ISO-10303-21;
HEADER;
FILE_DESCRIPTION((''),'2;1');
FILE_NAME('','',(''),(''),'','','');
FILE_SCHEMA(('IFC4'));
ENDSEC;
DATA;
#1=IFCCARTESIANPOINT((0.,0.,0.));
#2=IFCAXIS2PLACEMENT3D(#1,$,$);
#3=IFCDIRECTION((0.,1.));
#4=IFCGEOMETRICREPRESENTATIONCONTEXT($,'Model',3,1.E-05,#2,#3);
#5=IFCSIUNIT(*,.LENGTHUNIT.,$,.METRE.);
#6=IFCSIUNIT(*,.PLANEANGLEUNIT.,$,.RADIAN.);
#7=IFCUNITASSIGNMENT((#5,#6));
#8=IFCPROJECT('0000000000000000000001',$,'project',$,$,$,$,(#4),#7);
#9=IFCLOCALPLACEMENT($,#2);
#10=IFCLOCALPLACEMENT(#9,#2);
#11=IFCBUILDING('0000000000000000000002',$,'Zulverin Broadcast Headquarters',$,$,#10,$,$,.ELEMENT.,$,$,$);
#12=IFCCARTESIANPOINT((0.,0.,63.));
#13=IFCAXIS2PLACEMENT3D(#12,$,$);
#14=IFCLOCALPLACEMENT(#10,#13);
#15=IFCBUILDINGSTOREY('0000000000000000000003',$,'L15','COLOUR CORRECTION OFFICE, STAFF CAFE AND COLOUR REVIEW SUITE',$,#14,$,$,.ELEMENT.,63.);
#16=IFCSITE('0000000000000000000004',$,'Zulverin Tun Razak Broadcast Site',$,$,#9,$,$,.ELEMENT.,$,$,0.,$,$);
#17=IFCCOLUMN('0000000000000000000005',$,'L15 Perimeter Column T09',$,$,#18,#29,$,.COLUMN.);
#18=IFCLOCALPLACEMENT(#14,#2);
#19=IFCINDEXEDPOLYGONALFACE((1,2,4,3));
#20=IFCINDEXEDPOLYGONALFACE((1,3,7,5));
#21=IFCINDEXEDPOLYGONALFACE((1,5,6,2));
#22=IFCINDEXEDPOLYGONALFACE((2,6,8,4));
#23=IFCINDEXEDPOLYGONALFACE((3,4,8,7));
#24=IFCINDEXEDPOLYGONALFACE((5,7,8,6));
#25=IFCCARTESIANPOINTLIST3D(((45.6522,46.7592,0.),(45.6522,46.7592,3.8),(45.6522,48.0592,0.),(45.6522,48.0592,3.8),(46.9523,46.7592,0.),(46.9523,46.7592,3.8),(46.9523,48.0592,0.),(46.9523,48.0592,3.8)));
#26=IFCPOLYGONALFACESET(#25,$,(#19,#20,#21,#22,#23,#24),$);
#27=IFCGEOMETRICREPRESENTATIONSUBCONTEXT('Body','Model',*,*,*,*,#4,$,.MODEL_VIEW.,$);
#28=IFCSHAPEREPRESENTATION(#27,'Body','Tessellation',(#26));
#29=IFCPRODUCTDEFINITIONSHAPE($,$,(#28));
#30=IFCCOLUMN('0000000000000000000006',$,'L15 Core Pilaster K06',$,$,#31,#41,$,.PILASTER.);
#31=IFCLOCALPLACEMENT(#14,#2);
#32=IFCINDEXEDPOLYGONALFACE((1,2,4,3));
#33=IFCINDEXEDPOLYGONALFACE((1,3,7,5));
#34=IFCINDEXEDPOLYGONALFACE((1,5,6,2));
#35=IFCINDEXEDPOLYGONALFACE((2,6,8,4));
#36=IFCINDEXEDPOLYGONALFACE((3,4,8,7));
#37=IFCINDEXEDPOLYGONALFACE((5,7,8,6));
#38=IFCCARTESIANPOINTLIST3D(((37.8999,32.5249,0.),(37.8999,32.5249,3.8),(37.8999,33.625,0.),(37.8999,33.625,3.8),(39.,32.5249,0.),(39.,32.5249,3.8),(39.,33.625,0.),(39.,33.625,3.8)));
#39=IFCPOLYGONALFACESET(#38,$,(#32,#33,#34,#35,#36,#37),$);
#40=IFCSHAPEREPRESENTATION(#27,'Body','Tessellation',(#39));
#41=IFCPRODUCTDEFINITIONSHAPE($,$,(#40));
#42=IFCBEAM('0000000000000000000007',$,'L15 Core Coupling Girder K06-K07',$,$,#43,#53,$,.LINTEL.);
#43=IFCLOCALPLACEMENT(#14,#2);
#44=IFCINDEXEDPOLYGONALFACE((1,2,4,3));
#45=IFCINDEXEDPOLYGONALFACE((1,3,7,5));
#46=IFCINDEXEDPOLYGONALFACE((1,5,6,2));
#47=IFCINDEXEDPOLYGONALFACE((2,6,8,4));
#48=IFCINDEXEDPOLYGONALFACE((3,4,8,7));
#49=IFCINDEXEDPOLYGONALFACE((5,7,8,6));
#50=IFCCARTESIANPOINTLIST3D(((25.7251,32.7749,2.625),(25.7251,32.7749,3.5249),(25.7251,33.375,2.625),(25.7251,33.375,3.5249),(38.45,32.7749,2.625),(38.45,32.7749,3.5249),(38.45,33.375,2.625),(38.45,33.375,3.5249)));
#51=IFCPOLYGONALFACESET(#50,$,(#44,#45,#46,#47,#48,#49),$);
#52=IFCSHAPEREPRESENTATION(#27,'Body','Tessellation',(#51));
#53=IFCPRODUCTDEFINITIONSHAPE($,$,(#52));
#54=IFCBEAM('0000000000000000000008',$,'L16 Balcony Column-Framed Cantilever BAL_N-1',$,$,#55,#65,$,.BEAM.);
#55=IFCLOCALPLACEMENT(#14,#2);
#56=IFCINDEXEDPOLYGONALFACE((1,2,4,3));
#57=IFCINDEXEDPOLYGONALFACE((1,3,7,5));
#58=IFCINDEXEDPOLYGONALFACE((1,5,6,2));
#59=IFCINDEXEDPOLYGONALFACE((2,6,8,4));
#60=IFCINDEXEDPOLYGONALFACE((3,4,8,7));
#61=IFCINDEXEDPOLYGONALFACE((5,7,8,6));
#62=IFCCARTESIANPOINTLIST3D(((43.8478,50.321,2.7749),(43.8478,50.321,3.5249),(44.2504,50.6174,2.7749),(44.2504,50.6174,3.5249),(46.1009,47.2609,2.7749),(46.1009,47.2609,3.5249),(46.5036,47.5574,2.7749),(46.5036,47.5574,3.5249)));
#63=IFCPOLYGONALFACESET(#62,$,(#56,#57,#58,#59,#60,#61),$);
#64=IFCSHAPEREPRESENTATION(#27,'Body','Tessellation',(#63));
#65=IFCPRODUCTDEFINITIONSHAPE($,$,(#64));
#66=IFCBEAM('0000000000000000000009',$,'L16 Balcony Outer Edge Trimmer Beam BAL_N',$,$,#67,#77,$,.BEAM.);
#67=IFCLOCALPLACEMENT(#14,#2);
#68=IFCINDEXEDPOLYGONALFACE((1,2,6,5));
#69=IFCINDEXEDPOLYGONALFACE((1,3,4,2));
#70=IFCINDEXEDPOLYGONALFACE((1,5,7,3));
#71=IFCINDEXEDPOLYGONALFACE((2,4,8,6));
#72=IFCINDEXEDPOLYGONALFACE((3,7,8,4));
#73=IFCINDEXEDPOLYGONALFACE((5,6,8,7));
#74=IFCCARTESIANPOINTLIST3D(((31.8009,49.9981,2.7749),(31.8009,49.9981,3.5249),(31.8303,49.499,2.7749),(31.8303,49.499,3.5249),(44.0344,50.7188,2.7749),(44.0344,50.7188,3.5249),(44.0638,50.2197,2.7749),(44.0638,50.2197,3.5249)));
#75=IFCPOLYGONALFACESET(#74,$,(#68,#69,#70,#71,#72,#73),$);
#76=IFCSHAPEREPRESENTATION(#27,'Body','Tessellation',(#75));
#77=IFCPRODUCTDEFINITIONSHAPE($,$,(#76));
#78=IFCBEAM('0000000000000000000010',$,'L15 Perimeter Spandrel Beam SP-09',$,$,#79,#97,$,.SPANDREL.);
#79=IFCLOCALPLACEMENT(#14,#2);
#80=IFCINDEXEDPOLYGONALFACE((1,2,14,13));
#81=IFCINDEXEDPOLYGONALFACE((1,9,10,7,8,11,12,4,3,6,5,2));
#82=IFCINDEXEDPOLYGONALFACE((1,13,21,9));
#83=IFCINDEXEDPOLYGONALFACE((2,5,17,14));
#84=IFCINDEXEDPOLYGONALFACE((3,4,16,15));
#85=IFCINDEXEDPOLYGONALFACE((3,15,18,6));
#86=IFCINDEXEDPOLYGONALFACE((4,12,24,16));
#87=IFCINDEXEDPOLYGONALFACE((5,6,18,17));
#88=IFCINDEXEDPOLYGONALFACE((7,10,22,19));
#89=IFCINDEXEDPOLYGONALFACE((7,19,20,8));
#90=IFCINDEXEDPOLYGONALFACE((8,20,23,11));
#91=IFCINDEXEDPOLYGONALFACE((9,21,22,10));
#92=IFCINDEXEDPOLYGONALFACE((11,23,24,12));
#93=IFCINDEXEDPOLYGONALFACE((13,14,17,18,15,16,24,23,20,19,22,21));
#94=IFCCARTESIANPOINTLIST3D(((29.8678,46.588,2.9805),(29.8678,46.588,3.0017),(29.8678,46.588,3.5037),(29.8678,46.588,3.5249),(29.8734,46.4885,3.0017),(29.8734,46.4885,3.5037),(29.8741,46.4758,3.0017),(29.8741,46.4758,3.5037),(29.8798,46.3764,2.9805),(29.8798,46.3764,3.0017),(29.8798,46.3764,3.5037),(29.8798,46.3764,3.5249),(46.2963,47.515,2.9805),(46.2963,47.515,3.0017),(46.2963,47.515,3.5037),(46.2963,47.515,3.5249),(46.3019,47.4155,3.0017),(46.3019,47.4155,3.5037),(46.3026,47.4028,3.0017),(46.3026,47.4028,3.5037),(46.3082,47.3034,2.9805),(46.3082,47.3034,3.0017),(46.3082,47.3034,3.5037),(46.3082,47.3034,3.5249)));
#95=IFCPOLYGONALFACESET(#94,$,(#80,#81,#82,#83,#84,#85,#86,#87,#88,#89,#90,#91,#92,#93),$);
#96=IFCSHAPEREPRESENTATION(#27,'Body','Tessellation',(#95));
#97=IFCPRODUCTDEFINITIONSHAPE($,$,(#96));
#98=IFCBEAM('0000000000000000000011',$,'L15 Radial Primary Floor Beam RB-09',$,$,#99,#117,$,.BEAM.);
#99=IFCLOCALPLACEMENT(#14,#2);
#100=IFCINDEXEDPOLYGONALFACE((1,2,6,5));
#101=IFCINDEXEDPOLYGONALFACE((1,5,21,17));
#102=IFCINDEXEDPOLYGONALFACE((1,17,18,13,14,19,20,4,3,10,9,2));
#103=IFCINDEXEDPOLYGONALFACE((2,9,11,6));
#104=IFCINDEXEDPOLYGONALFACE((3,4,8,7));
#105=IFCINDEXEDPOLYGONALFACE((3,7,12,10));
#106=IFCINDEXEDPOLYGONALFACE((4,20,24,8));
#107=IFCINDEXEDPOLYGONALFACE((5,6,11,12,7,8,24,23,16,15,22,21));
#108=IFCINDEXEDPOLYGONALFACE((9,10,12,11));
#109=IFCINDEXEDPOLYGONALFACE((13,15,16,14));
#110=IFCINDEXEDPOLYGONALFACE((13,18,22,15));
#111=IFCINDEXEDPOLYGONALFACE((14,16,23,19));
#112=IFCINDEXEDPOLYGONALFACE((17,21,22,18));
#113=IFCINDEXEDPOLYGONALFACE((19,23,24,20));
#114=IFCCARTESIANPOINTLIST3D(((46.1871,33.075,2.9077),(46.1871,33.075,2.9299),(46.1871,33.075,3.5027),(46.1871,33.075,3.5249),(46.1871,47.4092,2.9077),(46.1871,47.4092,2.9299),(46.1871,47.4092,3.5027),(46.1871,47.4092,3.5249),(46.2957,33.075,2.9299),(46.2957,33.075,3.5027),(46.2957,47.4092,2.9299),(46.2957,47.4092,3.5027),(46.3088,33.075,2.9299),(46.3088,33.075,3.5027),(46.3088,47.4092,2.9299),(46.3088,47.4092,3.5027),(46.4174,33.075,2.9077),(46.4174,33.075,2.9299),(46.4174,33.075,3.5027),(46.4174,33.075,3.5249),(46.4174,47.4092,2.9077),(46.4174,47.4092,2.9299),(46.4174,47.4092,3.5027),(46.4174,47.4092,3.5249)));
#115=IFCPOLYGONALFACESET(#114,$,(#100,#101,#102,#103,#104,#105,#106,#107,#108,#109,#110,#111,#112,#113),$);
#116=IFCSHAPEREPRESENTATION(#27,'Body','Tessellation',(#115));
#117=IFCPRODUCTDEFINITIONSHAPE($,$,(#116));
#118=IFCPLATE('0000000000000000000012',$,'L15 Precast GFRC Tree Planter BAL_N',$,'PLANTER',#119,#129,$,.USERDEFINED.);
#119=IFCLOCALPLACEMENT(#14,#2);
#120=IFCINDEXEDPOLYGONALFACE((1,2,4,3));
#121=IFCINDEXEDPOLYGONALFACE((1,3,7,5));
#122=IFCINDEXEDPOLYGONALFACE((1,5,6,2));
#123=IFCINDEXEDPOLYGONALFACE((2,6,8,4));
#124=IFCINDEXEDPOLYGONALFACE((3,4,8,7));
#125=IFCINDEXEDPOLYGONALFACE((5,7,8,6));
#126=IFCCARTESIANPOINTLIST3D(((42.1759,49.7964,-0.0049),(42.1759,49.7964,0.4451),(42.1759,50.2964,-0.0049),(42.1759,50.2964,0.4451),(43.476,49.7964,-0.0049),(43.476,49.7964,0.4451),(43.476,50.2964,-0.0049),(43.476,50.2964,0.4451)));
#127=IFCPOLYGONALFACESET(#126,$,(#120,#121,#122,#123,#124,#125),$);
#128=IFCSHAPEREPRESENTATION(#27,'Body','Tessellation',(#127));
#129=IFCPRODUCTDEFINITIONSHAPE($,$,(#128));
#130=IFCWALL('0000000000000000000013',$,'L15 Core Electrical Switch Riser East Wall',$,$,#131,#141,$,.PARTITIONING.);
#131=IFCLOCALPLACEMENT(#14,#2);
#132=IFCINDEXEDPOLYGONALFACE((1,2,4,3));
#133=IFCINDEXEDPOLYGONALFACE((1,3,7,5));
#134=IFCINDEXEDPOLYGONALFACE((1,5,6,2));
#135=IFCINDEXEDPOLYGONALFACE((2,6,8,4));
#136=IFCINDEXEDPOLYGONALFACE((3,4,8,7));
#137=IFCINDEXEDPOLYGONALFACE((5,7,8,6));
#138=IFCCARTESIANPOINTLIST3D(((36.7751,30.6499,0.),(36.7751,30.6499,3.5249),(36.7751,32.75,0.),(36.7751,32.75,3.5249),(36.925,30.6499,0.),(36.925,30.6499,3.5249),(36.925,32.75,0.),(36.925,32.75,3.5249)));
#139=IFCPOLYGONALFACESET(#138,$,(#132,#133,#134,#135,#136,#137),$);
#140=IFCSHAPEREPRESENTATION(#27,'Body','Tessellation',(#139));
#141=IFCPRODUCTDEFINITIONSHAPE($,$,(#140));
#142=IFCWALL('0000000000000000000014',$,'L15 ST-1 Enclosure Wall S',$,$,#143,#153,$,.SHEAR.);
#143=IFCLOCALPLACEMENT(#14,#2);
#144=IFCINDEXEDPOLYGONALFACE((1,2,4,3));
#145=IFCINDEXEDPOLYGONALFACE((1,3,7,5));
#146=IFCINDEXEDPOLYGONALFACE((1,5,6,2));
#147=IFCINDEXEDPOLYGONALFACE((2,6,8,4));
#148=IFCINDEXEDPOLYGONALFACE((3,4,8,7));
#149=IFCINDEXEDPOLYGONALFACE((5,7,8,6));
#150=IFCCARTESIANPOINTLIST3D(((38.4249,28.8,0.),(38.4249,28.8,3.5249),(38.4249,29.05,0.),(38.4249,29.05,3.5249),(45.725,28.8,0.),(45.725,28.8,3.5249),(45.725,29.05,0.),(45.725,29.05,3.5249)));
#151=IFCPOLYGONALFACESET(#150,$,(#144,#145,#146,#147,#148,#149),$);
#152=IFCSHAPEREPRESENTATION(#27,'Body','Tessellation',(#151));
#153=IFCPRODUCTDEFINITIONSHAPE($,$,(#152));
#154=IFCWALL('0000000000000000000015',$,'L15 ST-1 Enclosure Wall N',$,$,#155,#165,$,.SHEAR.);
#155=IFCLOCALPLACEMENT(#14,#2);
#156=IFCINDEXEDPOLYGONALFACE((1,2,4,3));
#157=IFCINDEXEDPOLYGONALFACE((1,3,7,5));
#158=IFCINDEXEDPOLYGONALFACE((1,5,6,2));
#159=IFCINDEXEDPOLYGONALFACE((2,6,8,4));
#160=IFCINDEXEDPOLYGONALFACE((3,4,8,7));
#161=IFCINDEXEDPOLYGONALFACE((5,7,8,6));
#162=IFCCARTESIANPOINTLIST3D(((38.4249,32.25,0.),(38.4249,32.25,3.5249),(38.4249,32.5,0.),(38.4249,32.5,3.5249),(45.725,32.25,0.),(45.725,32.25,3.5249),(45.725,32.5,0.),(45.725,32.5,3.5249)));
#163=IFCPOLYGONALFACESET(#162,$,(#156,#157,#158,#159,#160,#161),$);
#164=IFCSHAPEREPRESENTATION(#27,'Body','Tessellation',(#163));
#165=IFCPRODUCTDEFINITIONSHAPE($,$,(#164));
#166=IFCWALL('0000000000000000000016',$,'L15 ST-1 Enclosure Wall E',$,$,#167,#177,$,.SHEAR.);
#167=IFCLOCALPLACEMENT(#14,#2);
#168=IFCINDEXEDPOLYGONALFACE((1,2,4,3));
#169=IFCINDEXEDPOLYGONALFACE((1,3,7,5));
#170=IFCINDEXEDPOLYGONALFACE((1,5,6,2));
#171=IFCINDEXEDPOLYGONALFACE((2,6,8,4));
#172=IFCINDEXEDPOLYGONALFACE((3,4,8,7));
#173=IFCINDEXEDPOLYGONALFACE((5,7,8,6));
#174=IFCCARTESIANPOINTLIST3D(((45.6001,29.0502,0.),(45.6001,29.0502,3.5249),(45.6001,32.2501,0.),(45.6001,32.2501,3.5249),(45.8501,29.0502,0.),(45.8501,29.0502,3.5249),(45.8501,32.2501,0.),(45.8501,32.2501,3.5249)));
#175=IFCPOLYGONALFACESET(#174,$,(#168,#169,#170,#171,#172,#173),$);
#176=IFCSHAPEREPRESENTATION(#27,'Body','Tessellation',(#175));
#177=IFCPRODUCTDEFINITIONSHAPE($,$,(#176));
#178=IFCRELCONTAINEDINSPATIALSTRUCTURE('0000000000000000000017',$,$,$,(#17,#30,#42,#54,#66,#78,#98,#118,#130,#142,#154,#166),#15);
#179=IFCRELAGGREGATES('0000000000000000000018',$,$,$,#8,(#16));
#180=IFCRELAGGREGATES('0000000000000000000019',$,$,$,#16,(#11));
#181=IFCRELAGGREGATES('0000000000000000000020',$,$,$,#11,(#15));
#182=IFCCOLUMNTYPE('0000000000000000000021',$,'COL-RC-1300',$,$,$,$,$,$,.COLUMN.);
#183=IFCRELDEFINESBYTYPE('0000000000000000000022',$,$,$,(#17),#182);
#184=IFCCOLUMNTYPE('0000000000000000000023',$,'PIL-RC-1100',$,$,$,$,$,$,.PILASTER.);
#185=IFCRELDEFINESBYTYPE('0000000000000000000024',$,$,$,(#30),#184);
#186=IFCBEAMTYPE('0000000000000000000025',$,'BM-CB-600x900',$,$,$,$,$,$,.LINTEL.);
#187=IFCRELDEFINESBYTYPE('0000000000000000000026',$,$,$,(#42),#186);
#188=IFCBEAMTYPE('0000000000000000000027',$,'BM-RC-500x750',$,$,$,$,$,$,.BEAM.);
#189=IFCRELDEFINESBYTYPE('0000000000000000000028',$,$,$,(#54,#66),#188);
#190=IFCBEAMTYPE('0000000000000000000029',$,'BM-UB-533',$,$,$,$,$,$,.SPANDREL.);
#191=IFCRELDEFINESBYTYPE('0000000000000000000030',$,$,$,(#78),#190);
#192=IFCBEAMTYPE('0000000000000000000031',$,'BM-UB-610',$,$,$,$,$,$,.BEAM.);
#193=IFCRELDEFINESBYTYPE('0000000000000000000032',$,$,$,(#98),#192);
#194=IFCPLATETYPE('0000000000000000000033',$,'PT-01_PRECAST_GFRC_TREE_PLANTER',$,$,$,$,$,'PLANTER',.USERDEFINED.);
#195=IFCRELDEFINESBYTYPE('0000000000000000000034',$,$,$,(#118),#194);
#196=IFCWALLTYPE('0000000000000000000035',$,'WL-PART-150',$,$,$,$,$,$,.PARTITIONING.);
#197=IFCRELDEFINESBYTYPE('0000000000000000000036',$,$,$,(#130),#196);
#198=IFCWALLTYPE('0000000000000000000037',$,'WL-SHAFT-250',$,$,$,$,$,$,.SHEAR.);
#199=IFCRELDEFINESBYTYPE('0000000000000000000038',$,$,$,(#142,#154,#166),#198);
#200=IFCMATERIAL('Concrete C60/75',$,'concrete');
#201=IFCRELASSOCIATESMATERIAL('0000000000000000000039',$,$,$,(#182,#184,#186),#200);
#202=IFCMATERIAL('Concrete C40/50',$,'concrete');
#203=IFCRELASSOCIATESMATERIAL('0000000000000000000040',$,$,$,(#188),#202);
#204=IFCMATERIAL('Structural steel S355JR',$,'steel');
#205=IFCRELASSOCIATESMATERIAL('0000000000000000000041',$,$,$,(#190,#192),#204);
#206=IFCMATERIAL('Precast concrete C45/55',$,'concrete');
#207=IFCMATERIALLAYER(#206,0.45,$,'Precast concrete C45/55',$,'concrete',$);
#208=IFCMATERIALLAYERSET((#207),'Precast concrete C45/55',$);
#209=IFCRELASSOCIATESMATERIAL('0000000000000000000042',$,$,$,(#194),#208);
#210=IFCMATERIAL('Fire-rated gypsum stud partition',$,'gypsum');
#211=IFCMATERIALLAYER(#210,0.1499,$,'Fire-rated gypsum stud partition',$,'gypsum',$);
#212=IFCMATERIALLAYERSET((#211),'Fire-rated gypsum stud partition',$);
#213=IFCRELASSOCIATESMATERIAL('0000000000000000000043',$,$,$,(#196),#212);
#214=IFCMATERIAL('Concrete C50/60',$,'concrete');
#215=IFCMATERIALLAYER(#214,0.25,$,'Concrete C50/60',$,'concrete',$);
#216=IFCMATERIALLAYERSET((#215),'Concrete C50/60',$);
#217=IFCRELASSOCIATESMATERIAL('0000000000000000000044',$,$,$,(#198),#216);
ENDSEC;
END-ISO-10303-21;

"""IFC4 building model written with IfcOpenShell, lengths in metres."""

from ifc_helpers import new_model, si_unit, direction, frame, frame_2d, origin, origin_2d, place, context, subcontext, project, spatial, rectangle, i_section, extrude, material, layer, layer_set, material_profile, profile_set, type_object, element, save


model = new_model("IFC4")

# Units and contexts
model_context = context("Model", 3, precision=1e-05, world=origin(), true_north=direction((0.0, 1.0)))
body_context = subcontext(model_context, "Body", "Model", "MODEL_VIEW")
ifc_project = project(units=[si_unit("LENGTHUNIT", "METRE"), si_unit("PLANEANGLEUNIT", "RADIAN")], contexts=[model_context])

# Site, building, storey
site_placement = place(None, origin())
site = spatial("IfcSite", under=ifc_project, at=site_placement, Name="Zulverin Tun Razak Broadcast Site", CompositionType="ELEMENT", RefElevation=0.0)
building_placement = place(site_placement, origin())
building = spatial("IfcBuilding", under=site, at=building_placement, Name="Zulverin Broadcast Headquarters", CompositionType="ELEMENT")
storey_placement = place(building_placement, frame((0.0, 0.0, 63.0)))
storey = spatial("IfcBuildingStorey", under=building, at=storey_placement, Name="L15", Description="COLOUR CORRECTION OFFICE, STAFF CAFE AND COLOUR REVIEW SUITE", CompositionType="ELEMENT", Elevation=63.0)

# Columns
ifc_material_1 = material(Name="Concrete C60/75", Category="concrete")
ifc_material_profile_1 = material_profile(ifc_material_1, rectangle(XDim=1.3, YDim=1.3, at=origin_2d()), Name="Concrete C60/75", Category="concrete")
ifc_profile_set_1 = profile_set([ifc_material_profile_1], Name="Concrete C60/75")
column_type_1 = type_object("IfcColumnType", Name="COL-RC-1300", PredefinedType="COLUMN", material=ifc_profile_set_1)
column_1_placement = place(storey_placement, frame((46.3022, 47.4092, 0.0), z_axis=(0.0, 0.0, 1.0), x_axis=(1.0, 0.0, 0.0)))
element("IfcColumn", 1, at=column_1_placement, inside=storey, type_object=column_type_1, Name="L15 Perimeter Column T09", PredefinedType="COLUMN", context=body_context, shape_type="SweptSolid", body=[
    extrude(rectangle(XDim=1.3, YDim=1.3, at=origin_2d()), origin(), (0.0, 0.0, 1.0), 3.8),
])
ifc_material_profile_2 = material_profile(ifc_material_1, rectangle(XDim=1.1001, YDim=1.1001, at=origin_2d()), Name="Concrete C60/75", Category="concrete")
ifc_profile_set_2 = profile_set([ifc_material_profile_2], Name="Concrete C60/75")
column_type_2 = type_object("IfcColumnType", Name="PIL-RC-1100", PredefinedType="PILASTER", material=ifc_profile_set_2)
column_2_placement = place(storey_placement, frame((38.45, 33.075, 0.0), z_axis=(0.0, 0.0, 1.0), x_axis=(1.0, 0.0, 0.0)))
element("IfcColumn", 2, at=column_2_placement, inside=storey, type_object=column_type_2, Name="L15 Core Pilaster K06", PredefinedType="PILASTER", context=body_context, shape_type="SweptSolid", body=[
    extrude(rectangle(XDim=1.1001, YDim=1.1001, at=origin_2d()), origin(), (0.0, 0.0, 1.0), 3.8),
])

# Beams
ifc_material_profile_3 = material_profile(ifc_material_1, rectangle(XDim=0.6001, YDim=0.8999, at=origin_2d()), Name="Concrete C60/75", Category="concrete")
ifc_profile_set_3 = profile_set([ifc_material_profile_3], Name="Concrete C60/75")
beam_type_1 = type_object("IfcBeamType", Name="BM-CB-600x900", PredefinedType="LINTEL", material=ifc_profile_set_3)
beam_1_placement = place(storey_placement, frame((38.45, 33.075, 3.075), z_axis=(-1.0, 0.0, 0.0), x_axis=(0.0, -1.0, 0.0)))
element("IfcBeam", 3, at=beam_1_placement, inside=storey, type_object=beam_type_1, Name="L15 Core Coupling Girder K06-K07", PredefinedType="LINTEL", context=body_context, shape_type="SweptSolid", body=[
    extrude(rectangle(XDim=0.6001, YDim=0.8999, at=origin_2d()), origin(), (0.0, 0.0, 1.0), 12.7249),
])
ifc_material_2 = material(Name="Concrete C40/50", Category="concrete")
ifc_material_profile_4 = material_profile(ifc_material_2, rectangle(XDim=0.5, YDim=0.75, at=origin_2d()), Name="Concrete C40/50", Category="concrete")
ifc_profile_set_4 = profile_set([ifc_material_profile_4], Name="Concrete C40/50")
beam_type_2 = type_object("IfcBeamType", Name="BM-RC-500x750", PredefinedType="BEAM", material=ifc_profile_set_4)
beam_2_placement = place(storey_placement, frame((46.3022, 47.4092, 3.1499), z_axis=(-0.592925, 0.805258, 0.0), x_axis=(-0.805258, -0.592925, 0.0)))
element("IfcBeam", 4, at=beam_2_placement, inside=storey, type_object=beam_type_2, Name="L16 Balcony Column-Framed Cantilever BAL_N-1", PredefinedType="BEAM", context=body_context, shape_type="SweptSolid", body=[
    extrude(rectangle(XDim=0.5, YDim=0.75, at=origin_2d()), origin(), (0.0, 0.0, 1.0), 3.8),
])
beam_3_placement = place(storey_placement, frame((44.0491, 50.4692, 3.1499), z_axis=(-0.998269, -0.058811, 0.0), x_axis=(0.058811, -0.998269, 0.0)))
element("IfcBeam", 5, at=beam_3_placement, inside=storey, type_object=beam_type_2, Name="L16 Balcony Outer Edge Trimmer Beam BAL_N", PredefinedType="BEAM", context=body_context, shape_type="SweptSolid", body=[
    extrude(rectangle(XDim=0.5, YDim=0.75, at=origin_2d()), origin(), (0.0, 0.0, 1.0), 12.2546),
])
ifc_material_3 = material(Name="Structural steel S355JR", Category="steel")
ifc_material_profile_5 = material_profile(ifc_material_3, i_section(OverallWidth=0.2119, OverallDepth=0.5444, WebThickness=0.0127, FlangeThickness=0.0212, at=origin_2d()), Name="Structural steel S355JR", Category="steel")
ifc_profile_set_5 = profile_set([ifc_material_profile_5], Name="Structural steel S355JR")
beam_type_3 = type_object("IfcBeamType", Name="BM-UB-533", PredefinedType="SPANDREL", material=ifc_profile_set_5)
beam_4_placement = place(storey_placement, frame((46.3022, 47.4092, 3.2527), z_axis=(-0.998412, -0.056337, 0.0), x_axis=(0.056337, -0.998412, 0.0)))
element("IfcBeam", 6, at=beam_4_placement, inside=storey, type_object=beam_type_3, Name="L15 Perimeter Spandrel Beam SP-09", PredefinedType="SPANDREL", context=body_context, shape_type="SweptSolid", body=[
    extrude(i_section(OverallWidth=0.2119, OverallDepth=0.5444, WebThickness=0.0127, FlangeThickness=0.0212, at=origin_2d()), origin(), (0.0, 0.0, 1.0), 16.4546),
])
ifc_material_profile_6 = material_profile(ifc_material_3, i_section(OverallWidth=0.2302, OverallDepth=0.6172, WebThickness=0.0132, FlangeThickness=0.0222, at=origin_2d()), Name="Structural steel S355JR", Category="steel")
ifc_profile_set_6 = profile_set([ifc_material_profile_6], Name="Structural steel S355JR")
beam_type_4 = type_object("IfcBeamType", Name="BM-UB-610", PredefinedType="BEAM", material=ifc_profile_set_6)
beam_5_placement = place(storey_placement, frame((46.3022, 33.075, 3.2163), z_axis=(0.0, 1.0, 0.0), x_axis=(-1.0, 0.0, 0.0)))
element("IfcBeam", 7, at=beam_5_placement, inside=storey, type_object=beam_type_4, Name="L15 Radial Primary Floor Beam RB-09", PredefinedType="BEAM", context=body_context, shape_type="SweptSolid", body=[
    extrude(i_section(OverallWidth=0.2302, OverallDepth=0.6172, WebThickness=0.0132, FlangeThickness=0.0222, at=origin_2d()), origin(), (0.0, 0.0, 1.0), 14.3342),
])

# Plate
ifc_material_4 = material(Name="Precast concrete C45/55", Category="concrete")
ifc_layer_1 = layer(ifc_material_4, 0.45, Name="Precast concrete C45/55", Category="concrete")
ifc_layer_set_1 = layer_set([ifc_layer_1], Name="Precast concrete C45/55")
plate_type = type_object("IfcPlateType", Name="PT-01_PRECAST_GFRC_TREE_PLANTER", ElementType="PLANTER", PredefinedType="USERDEFINED", material=ifc_layer_set_1)
plate_placement = place(storey_placement, frame((42.8259, 50.0464, -0.0049), z_axis=(0.0, 0.0, 1.0), x_axis=(1.0, 0.0, 0.0)))
element("IfcPlate", 8, at=plate_placement, inside=storey, type_object=plate_type, Name="L15 Precast GFRC Tree Planter BAL_N", ObjectType="PLANTER", PredefinedType="USERDEFINED", context=body_context, shape_type="SweptSolid", body=[
    extrude(rectangle(XDim=1.3, YDim=0.5, at=origin_2d()), origin(), (0.0, 0.0, 1.0), 0.45),
])

# Walls
ifc_material_5 = material(Name="Fire-rated gypsum stud partition", Category="gypsum")
ifc_layer_2 = layer(ifc_material_5, 0.1499, Name="Fire-rated gypsum stud partition", Category="gypsum")
ifc_layer_set_2 = layer_set([ifc_layer_2], Name="Fire-rated gypsum stud partition")
wall_type_1 = type_object("IfcWallType", Name="WL-PART-150", PredefinedType="PARTITIONING", material=ifc_layer_set_2)
wall_1_placement = place(storey_placement, frame((36.8501, 30.6499, 0.0), z_axis=(0.0, 0.0, 1.0), x_axis=(0.0, 1.0, 0.0)))
element("IfcWall", 9, at=wall_1_placement, inside=storey, type_object=wall_type_1, Name="L15 Core Electrical Switch Riser East Wall", PredefinedType="PARTITIONING", context=body_context, shape_type="SweptSolid", body=[
    extrude(rectangle(XDim=2.1001, YDim=0.1499, at=frame_2d((1.05, 0.0))), origin(), (0.0, 0.0, 1.0), 3.5249),
])
ifc_material_6 = material(Name="Concrete C50/60", Category="concrete")
ifc_layer_3 = layer(ifc_material_6, 0.25, Name="Concrete C50/60", Category="concrete")
ifc_layer_set_3 = layer_set([ifc_layer_3], Name="Concrete C50/60")
wall_type_2 = type_object("IfcWallType", Name="WL-SHAFT-250", PredefinedType="SHEAR", material=ifc_layer_set_3)
for number, where, z_axis, x_axis, name in (
    (10, (38.425, 28.925, 0.0), (0.0, 0.0, 1.0), (1.0, 0.0, 0.0), "L15 ST-1 Enclosure Wall S"),
    (11, (38.425, 32.375, 0.0), (0.0, 0.0, 1.0), (1.0, 0.0, 0.0), "L15 ST-1 Enclosure Wall N"),
):
    element("IfcWall", number, at=place(storey_placement, frame(where, z_axis=z_axis, x_axis=x_axis)), inside=storey, type_object=wall_type_2, Name=name, PredefinedType="SHEAR", context=body_context, shape_type="SweptSolid", body=[
        extrude(rectangle(XDim=7.3, YDim=0.25, at=frame_2d((3.6499, 0.0))), origin(), (0.0, 0.0, 1.0), 3.5249),
    ])

# Wall
wall_2_placement = place(storey_placement, frame((45.7251, 29.05, 0.0), z_axis=(0.0, 0.0, 1.0), x_axis=(0.0, 1.0, 0.0)))
element("IfcWall", 12, at=wall_2_placement, inside=storey, type_object=wall_type_2, Name="L15 ST-1 Enclosure Wall E", PredefinedType="SHEAR", context=body_context, shape_type="SweptSolid", body=[
    extrude(rectangle(XDim=3.2, YDim=0.25, at=frame_2d((1.6001, 0.0))), origin(), (0.0, 0.0, 1.0), 3.5249),
])

save(model, "model.ifc")
